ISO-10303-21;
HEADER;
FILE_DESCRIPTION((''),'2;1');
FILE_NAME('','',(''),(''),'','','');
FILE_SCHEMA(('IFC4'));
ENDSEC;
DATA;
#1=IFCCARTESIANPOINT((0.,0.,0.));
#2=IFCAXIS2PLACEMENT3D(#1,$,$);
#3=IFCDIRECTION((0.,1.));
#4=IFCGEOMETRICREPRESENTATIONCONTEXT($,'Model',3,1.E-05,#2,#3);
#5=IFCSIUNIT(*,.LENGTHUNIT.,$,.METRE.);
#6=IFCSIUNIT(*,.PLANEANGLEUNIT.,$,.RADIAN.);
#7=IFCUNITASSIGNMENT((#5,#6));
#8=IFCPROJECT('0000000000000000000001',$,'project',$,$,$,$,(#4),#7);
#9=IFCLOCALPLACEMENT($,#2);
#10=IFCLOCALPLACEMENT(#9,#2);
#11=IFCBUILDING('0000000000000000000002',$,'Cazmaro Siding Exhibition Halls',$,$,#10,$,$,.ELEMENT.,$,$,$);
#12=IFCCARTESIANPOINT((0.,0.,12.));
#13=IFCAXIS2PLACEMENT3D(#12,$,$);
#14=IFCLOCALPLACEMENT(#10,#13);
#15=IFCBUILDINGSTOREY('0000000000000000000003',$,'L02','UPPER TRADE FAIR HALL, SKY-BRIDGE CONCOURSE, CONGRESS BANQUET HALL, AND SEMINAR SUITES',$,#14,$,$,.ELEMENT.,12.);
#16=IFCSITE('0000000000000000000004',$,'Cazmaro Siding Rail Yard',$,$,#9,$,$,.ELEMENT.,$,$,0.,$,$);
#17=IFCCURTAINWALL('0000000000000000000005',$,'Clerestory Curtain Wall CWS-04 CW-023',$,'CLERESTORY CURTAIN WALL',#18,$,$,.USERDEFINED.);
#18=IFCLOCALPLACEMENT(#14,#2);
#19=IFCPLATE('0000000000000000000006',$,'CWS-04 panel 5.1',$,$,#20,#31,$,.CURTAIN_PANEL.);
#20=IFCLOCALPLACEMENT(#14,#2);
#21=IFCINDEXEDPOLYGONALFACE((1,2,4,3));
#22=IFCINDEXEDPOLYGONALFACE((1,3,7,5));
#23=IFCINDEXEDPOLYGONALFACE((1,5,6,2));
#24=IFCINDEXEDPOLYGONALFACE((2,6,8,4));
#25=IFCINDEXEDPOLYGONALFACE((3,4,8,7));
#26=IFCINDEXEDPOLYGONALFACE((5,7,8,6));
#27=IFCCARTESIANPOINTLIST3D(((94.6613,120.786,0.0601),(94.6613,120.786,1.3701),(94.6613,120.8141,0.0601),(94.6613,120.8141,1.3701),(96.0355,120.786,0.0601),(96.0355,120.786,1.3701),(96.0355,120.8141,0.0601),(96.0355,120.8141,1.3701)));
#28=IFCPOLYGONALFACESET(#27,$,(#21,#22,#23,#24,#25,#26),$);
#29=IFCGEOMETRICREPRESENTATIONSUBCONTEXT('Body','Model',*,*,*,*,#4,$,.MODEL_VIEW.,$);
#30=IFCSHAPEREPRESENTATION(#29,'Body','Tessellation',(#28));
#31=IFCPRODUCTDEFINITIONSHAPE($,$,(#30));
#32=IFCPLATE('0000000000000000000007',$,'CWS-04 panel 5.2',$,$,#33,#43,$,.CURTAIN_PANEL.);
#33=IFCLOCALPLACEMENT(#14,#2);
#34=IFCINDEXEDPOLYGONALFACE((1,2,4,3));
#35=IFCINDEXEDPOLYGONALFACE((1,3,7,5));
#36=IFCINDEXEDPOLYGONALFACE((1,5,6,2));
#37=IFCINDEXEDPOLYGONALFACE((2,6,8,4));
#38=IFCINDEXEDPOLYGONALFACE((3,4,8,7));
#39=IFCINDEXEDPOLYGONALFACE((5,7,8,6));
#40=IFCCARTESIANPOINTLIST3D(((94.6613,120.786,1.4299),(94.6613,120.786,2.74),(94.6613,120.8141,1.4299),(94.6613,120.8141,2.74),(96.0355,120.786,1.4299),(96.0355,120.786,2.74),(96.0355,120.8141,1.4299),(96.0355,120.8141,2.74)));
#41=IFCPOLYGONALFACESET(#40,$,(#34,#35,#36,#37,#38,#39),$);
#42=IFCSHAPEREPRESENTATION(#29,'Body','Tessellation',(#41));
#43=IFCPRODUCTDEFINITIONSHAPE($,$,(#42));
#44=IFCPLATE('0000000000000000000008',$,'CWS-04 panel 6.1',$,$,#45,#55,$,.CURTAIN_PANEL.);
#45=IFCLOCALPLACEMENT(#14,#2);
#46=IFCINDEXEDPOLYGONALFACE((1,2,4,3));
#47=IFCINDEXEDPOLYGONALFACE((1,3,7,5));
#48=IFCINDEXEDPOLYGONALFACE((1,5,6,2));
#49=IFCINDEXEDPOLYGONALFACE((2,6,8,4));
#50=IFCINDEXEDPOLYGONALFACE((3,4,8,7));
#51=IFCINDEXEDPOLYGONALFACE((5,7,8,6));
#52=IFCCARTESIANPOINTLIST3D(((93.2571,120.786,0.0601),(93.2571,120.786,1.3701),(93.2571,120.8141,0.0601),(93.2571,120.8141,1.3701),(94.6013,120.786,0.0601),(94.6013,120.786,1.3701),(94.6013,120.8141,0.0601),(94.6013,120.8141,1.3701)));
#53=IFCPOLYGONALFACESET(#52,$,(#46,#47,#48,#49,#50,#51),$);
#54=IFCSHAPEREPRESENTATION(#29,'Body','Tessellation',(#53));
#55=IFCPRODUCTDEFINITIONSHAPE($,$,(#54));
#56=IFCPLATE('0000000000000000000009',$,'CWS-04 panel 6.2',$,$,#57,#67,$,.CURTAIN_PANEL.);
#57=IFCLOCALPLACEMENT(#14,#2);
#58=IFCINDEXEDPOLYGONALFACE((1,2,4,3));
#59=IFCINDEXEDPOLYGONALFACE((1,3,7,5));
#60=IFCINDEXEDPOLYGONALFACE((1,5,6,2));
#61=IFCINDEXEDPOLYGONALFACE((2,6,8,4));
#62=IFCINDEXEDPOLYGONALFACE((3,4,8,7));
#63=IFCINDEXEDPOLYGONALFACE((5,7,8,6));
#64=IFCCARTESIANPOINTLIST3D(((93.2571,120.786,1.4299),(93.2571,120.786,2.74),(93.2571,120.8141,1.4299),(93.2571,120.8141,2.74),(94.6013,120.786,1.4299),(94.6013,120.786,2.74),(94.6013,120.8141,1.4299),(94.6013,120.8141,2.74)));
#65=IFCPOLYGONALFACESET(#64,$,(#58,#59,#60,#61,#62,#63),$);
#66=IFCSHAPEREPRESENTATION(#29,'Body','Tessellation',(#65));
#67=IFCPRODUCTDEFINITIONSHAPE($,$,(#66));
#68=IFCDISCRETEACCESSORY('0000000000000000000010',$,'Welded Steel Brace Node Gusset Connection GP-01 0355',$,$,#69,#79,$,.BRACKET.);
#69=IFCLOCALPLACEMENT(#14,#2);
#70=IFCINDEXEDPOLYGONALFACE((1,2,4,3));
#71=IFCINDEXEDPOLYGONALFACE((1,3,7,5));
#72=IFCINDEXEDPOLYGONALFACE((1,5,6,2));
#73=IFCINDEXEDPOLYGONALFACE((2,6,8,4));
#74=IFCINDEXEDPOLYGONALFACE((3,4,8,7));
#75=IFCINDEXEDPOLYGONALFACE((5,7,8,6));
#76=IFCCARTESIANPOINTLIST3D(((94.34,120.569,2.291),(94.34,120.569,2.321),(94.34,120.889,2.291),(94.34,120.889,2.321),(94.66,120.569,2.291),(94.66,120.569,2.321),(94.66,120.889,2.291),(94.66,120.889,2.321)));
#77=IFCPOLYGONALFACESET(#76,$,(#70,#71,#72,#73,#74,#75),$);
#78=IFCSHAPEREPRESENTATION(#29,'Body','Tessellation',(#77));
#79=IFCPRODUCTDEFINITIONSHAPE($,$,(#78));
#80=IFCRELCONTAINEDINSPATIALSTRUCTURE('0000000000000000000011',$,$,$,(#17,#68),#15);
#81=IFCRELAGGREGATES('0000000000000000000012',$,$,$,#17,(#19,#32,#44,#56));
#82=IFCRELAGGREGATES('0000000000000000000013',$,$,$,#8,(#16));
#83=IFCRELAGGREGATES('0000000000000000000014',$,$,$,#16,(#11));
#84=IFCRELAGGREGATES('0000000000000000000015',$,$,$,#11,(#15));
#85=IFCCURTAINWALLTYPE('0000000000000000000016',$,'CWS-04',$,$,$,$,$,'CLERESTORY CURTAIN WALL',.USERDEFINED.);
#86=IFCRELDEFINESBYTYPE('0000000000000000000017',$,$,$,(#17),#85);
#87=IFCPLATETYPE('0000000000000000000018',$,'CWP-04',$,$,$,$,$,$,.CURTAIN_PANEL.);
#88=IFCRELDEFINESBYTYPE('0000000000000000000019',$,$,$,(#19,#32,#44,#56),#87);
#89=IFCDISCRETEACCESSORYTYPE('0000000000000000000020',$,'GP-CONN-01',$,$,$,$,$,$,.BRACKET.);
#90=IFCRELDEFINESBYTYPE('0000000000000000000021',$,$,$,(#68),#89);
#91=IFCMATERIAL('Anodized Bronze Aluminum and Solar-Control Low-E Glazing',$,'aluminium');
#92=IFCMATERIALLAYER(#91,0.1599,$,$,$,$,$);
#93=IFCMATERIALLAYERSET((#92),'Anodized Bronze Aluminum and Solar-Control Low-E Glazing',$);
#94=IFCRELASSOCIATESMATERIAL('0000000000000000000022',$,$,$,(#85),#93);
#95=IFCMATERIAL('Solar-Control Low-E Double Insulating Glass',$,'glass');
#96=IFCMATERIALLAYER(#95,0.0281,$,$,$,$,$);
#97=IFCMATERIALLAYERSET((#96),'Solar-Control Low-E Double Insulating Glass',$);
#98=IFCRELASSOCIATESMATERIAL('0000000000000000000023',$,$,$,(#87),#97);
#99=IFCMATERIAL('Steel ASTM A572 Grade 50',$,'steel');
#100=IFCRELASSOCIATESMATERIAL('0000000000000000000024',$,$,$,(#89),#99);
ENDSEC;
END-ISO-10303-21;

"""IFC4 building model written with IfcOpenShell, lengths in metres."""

from ifc_helpers import new_model, si_unit, direction, frame, origin, origin_2d, place, context, subcontext, project, spatial, rectangle, extrude, material, layer, layer_set, type_object, element, aggregate, save


model = new_model("IFC4")

# Units and contexts
model_context = context("Model", 3, precision=1e-05, world=origin(), true_north=direction((0.0, 1.0)))
body_context = subcontext(model_context, "Body", "Model", "MODEL_VIEW")
ifc_project = project(units=[si_unit("LENGTHUNIT", "METRE"), si_unit("PLANEANGLEUNIT", "RADIAN")], contexts=[model_context])

# Site, building, storey
site_placement = place(None, origin())
site = spatial("IfcSite", under=ifc_project, at=site_placement, Name="Cazmaro Siding Rail Yard", CompositionType="ELEMENT", RefElevation=0.0)
building_placement = place(site_placement, origin())
building = spatial("IfcBuilding", under=site, at=building_placement, Name="Cazmaro Siding Exhibition Halls", CompositionType="ELEMENT")
storey_placement = place(building_placement, frame((0.0, 0.0, 12.0)))
storey = spatial("IfcBuildingStorey", under=building, at=storey_placement, Name="L02", Description="UPPER TRADE FAIR HALL, SKY-BRIDGE CONCOURSE, CONGRESS BANQUET HALL, AND SEMINAR SUITES", CompositionType="ELEMENT", Elevation=12.0)

# Shared definitions
ifc_material_1 = material(Name="Anodized Bronze Aluminum and Solar-Control Low-E Glazing", Category="aluminium")
ifc_layer_1 = layer(ifc_material_1, 0.1599)
ifc_layer_set_1 = layer_set([ifc_layer_1], Name="Anodized Bronze Aluminum and Solar-Control Low-E Glazing")
curtain_wall_type = type_object("IfcCurtainWallType", Name="CWS-04", ElementType="CLERESTORY CURTAIN WALL", PredefinedType="USERDEFINED", material=ifc_layer_set_1)

# Curtain wall
curtain_wall_1_placement = place(storey_placement, origin())
curtain_wall_1 = element("IfcCurtainWall", 1, at=curtain_wall_1_placement, inside=storey, type_object=curtain_wall_type, Name="Clerestory Curtain Wall CWS-04 CW-023", ObjectType="CLERESTORY CURTAIN WALL", PredefinedType="USERDEFINED")

# Plates
ifc_material_2 = material(Name="Solar-Control Low-E Double Insulating Glass", Category="glass")
ifc_layer_2 = layer(ifc_material_2, 0.0281)
ifc_layer_set_2 = layer_set([ifc_layer_2], Name="Solar-Control Low-E Double Insulating Glass")
plate_type_1 = type_object("IfcPlateType", Name="CWP-04", PredefinedType="CURTAIN_PANEL", material=ifc_layer_set_2)
plate_1_placement = place(storey_placement, frame((95.3484, 120.8, 0.0601), z_axis=(0.0, 0.0, 1.0), x_axis=(-1.0, 0.0, 0.0)))
plate_1 = element("IfcPlate", 2, at=plate_1_placement, type_object=plate_type_1, Name="CWS-04 panel 5.1", PredefinedType="CURTAIN_PANEL", context=body_context, shape_type="SweptSolid", body=[
    extrude(rectangle(XDim=1.3743, YDim=0.0281, at=origin_2d()), origin(), (0.0, 0.0, 1.0), 1.3101),
])
plate_2_placement = place(storey_placement, frame((95.3484, 120.8, 1.4299), z_axis=(0.0, 0.0, 1.0), x_axis=(-1.0, 0.0, 0.0)))
plate_2 = element("IfcPlate", 3, at=plate_2_placement, type_object=plate_type_1, Name="CWS-04 panel 5.2", PredefinedType="CURTAIN_PANEL", context=body_context, shape_type="SweptSolid", body=[
    extrude(rectangle(XDim=1.3743, YDim=0.0281, at=origin_2d()), origin(), (0.0, 0.0, 1.0), 1.3101),
])
plate_3_placement = place(storey_placement, frame((93.9292, 120.8, 0.0601), z_axis=(0.0, 0.0, 1.0), x_axis=(-1.0, 0.0, 0.0)))
plate_3 = element("IfcPlate", 4, at=plate_3_placement, type_object=plate_type_1, Name="CWS-04 panel 6.1", PredefinedType="CURTAIN_PANEL", context=body_context, shape_type="SweptSolid", body=[
    extrude(rectangle(XDim=1.3442, YDim=0.0281, at=origin_2d()), origin(), (0.0, 0.0, 1.0), 1.3101),
])
plate_4_placement = place(storey_placement, frame((93.9292, 120.8, 1.4299), z_axis=(0.0, 0.0, 1.0), x_axis=(-1.0, 0.0, 0.0)))
plate_4 = element("IfcPlate", 5, at=plate_4_placement, type_object=plate_type_1, Name="CWS-04 panel 6.2", PredefinedType="CURTAIN_PANEL", context=body_context, shape_type="SweptSolid", body=[
    extrude(rectangle(XDim=1.3442, YDim=0.0281, at=origin_2d()), origin(), (0.0, 0.0, 1.0), 1.3101),
])
aggregate(curtain_wall_1, [plate_1, plate_2, plate_3, plate_4])

# Discrete accessory
ifc_material_3 = material(Name="Steel ASTM A572 Grade 50", Category="steel")
discrete_accessory_type = type_object("IfcDiscreteAccessoryType", Name="GP-CONN-01", PredefinedType="BRACKET", material=ifc_material_3)
discrete_accessory_placement = place(storey_placement, frame((94.5, 120.729, 2.291), z_axis=(0.0, 0.0, 1.0), x_axis=(1.0, 0.0, 0.0)))
element("IfcDiscreteAccessory", 6, at=discrete_accessory_placement, inside=storey, type_object=discrete_accessory_type, Name="Welded Steel Brace Node Gusset Connection GP-01 0355", PredefinedType="BRACKET", context=body_context, shape_type="SweptSolid", body=[
    extrude(rectangle(XDim=0.3201, YDim=0.3201, at=origin_2d()), origin(), (0.0, 0.0, 1.0), 0.03),
])

save(model, "model.ifc")
